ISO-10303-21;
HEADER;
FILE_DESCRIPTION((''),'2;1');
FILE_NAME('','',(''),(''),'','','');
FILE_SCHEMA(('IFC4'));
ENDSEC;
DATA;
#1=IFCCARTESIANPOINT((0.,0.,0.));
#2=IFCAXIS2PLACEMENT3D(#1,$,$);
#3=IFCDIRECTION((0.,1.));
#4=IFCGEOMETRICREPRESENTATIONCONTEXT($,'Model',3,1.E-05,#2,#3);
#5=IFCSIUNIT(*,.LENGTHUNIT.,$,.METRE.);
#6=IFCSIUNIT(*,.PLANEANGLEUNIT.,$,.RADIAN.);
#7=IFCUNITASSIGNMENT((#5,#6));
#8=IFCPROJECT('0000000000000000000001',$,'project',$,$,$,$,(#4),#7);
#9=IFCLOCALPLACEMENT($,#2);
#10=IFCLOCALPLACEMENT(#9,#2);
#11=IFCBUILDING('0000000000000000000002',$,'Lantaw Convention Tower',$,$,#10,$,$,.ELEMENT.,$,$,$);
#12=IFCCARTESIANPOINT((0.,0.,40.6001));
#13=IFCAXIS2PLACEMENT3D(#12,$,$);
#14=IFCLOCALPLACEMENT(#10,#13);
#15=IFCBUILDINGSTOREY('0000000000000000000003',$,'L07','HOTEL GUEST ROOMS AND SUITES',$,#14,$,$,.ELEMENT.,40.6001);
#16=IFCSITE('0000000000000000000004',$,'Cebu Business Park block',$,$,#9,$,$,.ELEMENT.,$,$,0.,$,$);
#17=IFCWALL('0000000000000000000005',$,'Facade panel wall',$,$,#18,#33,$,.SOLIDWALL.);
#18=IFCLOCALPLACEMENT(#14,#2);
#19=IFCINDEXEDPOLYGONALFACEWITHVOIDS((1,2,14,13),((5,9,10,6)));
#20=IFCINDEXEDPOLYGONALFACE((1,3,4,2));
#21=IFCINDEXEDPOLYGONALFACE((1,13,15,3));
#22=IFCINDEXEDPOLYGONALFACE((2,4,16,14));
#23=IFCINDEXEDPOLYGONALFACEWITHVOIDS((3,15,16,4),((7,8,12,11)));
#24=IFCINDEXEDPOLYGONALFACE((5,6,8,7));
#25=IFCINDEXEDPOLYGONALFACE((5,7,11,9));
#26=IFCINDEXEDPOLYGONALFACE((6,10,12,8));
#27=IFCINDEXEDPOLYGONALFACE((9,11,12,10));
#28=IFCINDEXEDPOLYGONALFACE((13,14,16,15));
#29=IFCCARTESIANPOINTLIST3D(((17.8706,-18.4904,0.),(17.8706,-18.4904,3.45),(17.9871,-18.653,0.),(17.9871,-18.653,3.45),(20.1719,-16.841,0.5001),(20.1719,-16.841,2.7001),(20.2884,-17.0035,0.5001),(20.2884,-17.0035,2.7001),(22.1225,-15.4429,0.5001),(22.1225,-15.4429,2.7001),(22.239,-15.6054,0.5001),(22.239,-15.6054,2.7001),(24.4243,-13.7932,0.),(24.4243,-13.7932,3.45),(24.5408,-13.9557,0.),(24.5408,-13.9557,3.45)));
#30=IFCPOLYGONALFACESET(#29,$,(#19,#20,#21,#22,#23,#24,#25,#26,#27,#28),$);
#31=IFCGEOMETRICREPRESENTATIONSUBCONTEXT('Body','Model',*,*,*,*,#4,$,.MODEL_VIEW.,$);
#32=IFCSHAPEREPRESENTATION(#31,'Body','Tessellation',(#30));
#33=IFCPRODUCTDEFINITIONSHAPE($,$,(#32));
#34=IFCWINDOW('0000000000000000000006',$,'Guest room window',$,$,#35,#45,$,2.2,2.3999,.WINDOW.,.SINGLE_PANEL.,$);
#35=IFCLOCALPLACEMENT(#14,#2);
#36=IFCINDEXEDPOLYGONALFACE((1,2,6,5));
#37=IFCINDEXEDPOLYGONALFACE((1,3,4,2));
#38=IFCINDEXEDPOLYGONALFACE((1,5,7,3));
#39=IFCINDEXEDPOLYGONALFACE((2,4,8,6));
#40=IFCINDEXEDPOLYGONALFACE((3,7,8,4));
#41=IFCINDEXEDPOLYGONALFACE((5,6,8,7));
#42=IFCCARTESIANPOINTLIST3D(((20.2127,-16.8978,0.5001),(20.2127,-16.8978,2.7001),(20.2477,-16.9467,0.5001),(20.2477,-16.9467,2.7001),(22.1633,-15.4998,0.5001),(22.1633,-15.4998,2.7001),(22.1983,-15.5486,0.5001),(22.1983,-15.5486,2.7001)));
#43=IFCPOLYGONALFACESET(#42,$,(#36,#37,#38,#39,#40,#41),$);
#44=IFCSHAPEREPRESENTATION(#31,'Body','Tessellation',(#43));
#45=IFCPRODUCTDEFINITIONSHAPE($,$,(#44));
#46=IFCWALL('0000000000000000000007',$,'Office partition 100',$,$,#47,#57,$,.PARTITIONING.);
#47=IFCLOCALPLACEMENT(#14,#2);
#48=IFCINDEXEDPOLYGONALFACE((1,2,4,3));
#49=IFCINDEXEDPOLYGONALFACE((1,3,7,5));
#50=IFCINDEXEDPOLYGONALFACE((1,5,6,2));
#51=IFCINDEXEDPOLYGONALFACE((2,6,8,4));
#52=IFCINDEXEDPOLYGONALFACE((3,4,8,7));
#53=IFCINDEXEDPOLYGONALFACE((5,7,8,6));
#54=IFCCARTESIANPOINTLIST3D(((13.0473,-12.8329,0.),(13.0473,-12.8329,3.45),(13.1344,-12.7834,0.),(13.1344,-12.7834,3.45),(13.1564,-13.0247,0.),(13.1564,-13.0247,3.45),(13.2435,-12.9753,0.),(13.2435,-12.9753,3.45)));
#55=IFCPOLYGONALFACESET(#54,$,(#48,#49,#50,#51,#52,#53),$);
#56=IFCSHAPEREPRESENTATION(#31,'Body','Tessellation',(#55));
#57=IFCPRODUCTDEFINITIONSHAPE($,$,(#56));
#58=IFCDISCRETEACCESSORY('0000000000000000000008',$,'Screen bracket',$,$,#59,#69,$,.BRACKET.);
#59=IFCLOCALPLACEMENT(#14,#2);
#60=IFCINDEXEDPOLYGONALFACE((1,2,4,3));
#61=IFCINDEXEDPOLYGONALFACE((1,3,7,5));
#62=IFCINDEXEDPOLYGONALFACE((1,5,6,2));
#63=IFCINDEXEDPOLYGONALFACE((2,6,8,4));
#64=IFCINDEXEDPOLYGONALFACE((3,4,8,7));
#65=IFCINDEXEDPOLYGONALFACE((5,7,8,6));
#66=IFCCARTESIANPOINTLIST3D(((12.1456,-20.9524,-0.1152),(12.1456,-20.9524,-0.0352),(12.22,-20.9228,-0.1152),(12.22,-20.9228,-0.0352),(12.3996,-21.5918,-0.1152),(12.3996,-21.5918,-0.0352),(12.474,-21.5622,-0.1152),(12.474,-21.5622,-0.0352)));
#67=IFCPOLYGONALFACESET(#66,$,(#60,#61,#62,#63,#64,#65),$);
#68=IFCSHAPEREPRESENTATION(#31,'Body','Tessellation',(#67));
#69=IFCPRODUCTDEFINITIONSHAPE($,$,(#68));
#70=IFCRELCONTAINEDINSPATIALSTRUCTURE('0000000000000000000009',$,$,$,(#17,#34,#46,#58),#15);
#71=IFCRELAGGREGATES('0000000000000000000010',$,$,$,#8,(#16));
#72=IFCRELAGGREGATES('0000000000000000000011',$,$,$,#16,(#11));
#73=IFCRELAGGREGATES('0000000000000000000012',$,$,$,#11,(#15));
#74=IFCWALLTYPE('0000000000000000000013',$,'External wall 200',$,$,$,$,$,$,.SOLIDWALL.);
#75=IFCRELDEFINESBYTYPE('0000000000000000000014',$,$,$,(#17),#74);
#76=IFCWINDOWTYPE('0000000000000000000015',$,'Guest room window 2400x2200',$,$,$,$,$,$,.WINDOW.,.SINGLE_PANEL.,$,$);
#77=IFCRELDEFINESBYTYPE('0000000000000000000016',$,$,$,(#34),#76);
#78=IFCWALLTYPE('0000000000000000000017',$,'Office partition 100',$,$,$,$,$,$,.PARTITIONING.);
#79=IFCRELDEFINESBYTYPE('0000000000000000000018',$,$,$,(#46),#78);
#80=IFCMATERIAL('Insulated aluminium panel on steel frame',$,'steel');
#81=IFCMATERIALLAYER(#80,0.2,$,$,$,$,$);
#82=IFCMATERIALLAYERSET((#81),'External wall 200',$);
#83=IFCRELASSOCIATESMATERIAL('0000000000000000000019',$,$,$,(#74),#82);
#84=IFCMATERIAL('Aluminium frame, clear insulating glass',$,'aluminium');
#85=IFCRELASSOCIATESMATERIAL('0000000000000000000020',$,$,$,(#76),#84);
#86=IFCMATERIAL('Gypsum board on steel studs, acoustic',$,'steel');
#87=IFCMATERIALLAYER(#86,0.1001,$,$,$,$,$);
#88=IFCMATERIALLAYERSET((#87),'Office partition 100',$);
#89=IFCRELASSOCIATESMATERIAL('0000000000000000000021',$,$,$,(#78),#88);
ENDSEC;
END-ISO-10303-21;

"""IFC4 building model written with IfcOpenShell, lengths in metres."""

from ifc_helpers import new_model, si_unit, direction, frame, frame_2d, origin, origin_2d, place, context, subcontext, project, spatial, rectangle, extrude, material, layer, layer_set, type_object, element, fill, save


model = new_model("IFC4")

# Units and contexts
model_context = context("Model", 3, precision=1e-05, world=origin(), true_north=direction((0.0, 1.0)))
body_context = subcontext(model_context, "Body", "Model", "MODEL_VIEW")
ifc_project = project(units=[si_unit("LENGTHUNIT", "METRE"), si_unit("PLANEANGLEUNIT", "RADIAN")], contexts=[model_context])

# Site, building, storey
site_placement = place(None, origin())
site = spatial("IfcSite", under=ifc_project, at=site_placement, Name="Cebu Business Park block", CompositionType="ELEMENT", RefElevation=0.0)
building_placement = place(site_placement, origin())
building = spatial("IfcBuilding", under=site, at=building_placement, Name="Lantaw Convention Tower", CompositionType="ELEMENT")
storey_placement = place(building_placement, frame((0.0, 0.0, 40.6001)))
storey = spatial("IfcBuildingStorey", under=building, at=storey_placement, Name="L07", Description="HOTEL GUEST ROOMS AND SUITES", CompositionType="ELEMENT", Elevation=40.6001)

# Wall, opening, window
ifc_material_1 = material(Name="Insulated aluminium panel on steel frame", Category="steel")
ifc_layer_1 = layer(ifc_material_1, 0.2)
ifc_layer_set_1 = layer_set([ifc_layer_1], Name="External wall 200")
wall_type_1 = type_object("IfcWallType", Name="External wall 200", PredefinedType="SOLIDWALL", material=ifc_layer_set_1)
wall_1_placement = place(storey_placement, frame((17.9287, -18.5718, 0.0), z_axis=(0.0, 0.0, 1.0), x_axis=(0.812791, 0.582555, 0.0)))
wall_1 = element("IfcWall", 1, at=wall_1_placement, inside=storey, type_object=wall_type_1, Name="Facade panel wall", PredefinedType="SOLIDWALL", context=body_context, shape_type="SweptSolid", body=[
    extrude(rectangle(XDim=8.0632, YDim=0.2, at=frame_2d((4.0317, 0.0))), origin(), (0.0, 0.0, 1.0), 3.45),
])
opening_1_placement = place(wall_1_placement, frame((2.8315, 0.0, 0.5)))
opening_1 = element("IfcOpeningElement", 2, at=opening_1_placement, cuts=wall_1, PredefinedType="OPENING", context=body_context, shape_type="SweptSolid", body=[
    extrude(rectangle(XDim=2.3999, YDim=2.2, at=frame_2d((1.2, 1.1001))), frame((0.0, 0.1099, 0.0), z_axis=(0.0, -1.0, 0.0), x_axis=(1.0, 0.0, 0.0)), (0.0, 0.0, 1.0), 0.22),
])
ifc_material_2 = material(Name="Aluminium frame, clear insulating glass", Category="aluminium")
window_type = type_object("IfcWindowType", Name="Guest room window 2400x2200", PartitioningType="SINGLE_PANEL", PredefinedType="WINDOW", material=ifc_material_2)
window_placement = place(opening_1_placement, origin())
window = element("IfcWindow", 3, at=window_placement, inside=storey, type_object=window_type, Name="Guest room window", OverallHeight=2.2, OverallWidth=2.3999, PartitioningType="SINGLE_PANEL", PredefinedType="WINDOW", context=body_context, shape_type="SweptSolid", body=[
    extrude(rectangle(XDim=2.3999, YDim=2.2, at=frame_2d((1.2, 1.1001))), frame((0.0, 0.03, 0.0), z_axis=(0.0, -1.0, 0.0), x_axis=(1.0, 0.0, 0.0)), (0.0, 0.0, 1.0), 0.0601),
])
fill(opening_1, window)

# Wall
ifc_material_3 = material(Name="Gypsum board on steel studs, acoustic", Category="steel")
ifc_layer_2 = layer(ifc_material_3, 0.1001)
ifc_layer_set_2 = layer_set([ifc_layer_2], Name="Office partition 100")
wall_type_2 = type_object("IfcWallType", Name="Office partition 100", PredefinedType="PARTITIONING", material=ifc_layer_set_2)
wall_2_placement = place(storey_placement, frame((13.2, -13.0, 0.0), z_axis=(0.0, 0.0, 1.0), x_axis=(-0.494351, 0.869262, 0.0)))
element("IfcWall", 4, at=wall_2_placement, inside=storey, type_object=wall_type_2, Name="Office partition 100", PredefinedType="PARTITIONING", context=body_context, shape_type="SweptSolid", body=[
    extrude(rectangle(XDim=0.2207, YDim=0.1001, at=frame_2d((0.1104, 0.0))), origin(), (0.0, 0.0, 1.0), 3.45),
])

# Discrete accessory
discrete_accessory_placement = place(storey_placement, frame((12.3098, -21.2573, -0.1152), z_axis=(0.0, 0.0, 1.0), x_axis=(0.929361, 0.369172, 0.0)))
element("IfcDiscreteAccessory", 5, at=discrete_accessory_placement, inside=storey, Name="Screen bracket", PredefinedType="BRACKET", context=body_context, shape_type="SweptSolid", body=[
    extrude(rectangle(XDim=0.0801, YDim=0.688, at=origin_2d()), origin(), (0.0, 0.0, 1.0), 0.0801),
])

save(model, "model.ifc")
